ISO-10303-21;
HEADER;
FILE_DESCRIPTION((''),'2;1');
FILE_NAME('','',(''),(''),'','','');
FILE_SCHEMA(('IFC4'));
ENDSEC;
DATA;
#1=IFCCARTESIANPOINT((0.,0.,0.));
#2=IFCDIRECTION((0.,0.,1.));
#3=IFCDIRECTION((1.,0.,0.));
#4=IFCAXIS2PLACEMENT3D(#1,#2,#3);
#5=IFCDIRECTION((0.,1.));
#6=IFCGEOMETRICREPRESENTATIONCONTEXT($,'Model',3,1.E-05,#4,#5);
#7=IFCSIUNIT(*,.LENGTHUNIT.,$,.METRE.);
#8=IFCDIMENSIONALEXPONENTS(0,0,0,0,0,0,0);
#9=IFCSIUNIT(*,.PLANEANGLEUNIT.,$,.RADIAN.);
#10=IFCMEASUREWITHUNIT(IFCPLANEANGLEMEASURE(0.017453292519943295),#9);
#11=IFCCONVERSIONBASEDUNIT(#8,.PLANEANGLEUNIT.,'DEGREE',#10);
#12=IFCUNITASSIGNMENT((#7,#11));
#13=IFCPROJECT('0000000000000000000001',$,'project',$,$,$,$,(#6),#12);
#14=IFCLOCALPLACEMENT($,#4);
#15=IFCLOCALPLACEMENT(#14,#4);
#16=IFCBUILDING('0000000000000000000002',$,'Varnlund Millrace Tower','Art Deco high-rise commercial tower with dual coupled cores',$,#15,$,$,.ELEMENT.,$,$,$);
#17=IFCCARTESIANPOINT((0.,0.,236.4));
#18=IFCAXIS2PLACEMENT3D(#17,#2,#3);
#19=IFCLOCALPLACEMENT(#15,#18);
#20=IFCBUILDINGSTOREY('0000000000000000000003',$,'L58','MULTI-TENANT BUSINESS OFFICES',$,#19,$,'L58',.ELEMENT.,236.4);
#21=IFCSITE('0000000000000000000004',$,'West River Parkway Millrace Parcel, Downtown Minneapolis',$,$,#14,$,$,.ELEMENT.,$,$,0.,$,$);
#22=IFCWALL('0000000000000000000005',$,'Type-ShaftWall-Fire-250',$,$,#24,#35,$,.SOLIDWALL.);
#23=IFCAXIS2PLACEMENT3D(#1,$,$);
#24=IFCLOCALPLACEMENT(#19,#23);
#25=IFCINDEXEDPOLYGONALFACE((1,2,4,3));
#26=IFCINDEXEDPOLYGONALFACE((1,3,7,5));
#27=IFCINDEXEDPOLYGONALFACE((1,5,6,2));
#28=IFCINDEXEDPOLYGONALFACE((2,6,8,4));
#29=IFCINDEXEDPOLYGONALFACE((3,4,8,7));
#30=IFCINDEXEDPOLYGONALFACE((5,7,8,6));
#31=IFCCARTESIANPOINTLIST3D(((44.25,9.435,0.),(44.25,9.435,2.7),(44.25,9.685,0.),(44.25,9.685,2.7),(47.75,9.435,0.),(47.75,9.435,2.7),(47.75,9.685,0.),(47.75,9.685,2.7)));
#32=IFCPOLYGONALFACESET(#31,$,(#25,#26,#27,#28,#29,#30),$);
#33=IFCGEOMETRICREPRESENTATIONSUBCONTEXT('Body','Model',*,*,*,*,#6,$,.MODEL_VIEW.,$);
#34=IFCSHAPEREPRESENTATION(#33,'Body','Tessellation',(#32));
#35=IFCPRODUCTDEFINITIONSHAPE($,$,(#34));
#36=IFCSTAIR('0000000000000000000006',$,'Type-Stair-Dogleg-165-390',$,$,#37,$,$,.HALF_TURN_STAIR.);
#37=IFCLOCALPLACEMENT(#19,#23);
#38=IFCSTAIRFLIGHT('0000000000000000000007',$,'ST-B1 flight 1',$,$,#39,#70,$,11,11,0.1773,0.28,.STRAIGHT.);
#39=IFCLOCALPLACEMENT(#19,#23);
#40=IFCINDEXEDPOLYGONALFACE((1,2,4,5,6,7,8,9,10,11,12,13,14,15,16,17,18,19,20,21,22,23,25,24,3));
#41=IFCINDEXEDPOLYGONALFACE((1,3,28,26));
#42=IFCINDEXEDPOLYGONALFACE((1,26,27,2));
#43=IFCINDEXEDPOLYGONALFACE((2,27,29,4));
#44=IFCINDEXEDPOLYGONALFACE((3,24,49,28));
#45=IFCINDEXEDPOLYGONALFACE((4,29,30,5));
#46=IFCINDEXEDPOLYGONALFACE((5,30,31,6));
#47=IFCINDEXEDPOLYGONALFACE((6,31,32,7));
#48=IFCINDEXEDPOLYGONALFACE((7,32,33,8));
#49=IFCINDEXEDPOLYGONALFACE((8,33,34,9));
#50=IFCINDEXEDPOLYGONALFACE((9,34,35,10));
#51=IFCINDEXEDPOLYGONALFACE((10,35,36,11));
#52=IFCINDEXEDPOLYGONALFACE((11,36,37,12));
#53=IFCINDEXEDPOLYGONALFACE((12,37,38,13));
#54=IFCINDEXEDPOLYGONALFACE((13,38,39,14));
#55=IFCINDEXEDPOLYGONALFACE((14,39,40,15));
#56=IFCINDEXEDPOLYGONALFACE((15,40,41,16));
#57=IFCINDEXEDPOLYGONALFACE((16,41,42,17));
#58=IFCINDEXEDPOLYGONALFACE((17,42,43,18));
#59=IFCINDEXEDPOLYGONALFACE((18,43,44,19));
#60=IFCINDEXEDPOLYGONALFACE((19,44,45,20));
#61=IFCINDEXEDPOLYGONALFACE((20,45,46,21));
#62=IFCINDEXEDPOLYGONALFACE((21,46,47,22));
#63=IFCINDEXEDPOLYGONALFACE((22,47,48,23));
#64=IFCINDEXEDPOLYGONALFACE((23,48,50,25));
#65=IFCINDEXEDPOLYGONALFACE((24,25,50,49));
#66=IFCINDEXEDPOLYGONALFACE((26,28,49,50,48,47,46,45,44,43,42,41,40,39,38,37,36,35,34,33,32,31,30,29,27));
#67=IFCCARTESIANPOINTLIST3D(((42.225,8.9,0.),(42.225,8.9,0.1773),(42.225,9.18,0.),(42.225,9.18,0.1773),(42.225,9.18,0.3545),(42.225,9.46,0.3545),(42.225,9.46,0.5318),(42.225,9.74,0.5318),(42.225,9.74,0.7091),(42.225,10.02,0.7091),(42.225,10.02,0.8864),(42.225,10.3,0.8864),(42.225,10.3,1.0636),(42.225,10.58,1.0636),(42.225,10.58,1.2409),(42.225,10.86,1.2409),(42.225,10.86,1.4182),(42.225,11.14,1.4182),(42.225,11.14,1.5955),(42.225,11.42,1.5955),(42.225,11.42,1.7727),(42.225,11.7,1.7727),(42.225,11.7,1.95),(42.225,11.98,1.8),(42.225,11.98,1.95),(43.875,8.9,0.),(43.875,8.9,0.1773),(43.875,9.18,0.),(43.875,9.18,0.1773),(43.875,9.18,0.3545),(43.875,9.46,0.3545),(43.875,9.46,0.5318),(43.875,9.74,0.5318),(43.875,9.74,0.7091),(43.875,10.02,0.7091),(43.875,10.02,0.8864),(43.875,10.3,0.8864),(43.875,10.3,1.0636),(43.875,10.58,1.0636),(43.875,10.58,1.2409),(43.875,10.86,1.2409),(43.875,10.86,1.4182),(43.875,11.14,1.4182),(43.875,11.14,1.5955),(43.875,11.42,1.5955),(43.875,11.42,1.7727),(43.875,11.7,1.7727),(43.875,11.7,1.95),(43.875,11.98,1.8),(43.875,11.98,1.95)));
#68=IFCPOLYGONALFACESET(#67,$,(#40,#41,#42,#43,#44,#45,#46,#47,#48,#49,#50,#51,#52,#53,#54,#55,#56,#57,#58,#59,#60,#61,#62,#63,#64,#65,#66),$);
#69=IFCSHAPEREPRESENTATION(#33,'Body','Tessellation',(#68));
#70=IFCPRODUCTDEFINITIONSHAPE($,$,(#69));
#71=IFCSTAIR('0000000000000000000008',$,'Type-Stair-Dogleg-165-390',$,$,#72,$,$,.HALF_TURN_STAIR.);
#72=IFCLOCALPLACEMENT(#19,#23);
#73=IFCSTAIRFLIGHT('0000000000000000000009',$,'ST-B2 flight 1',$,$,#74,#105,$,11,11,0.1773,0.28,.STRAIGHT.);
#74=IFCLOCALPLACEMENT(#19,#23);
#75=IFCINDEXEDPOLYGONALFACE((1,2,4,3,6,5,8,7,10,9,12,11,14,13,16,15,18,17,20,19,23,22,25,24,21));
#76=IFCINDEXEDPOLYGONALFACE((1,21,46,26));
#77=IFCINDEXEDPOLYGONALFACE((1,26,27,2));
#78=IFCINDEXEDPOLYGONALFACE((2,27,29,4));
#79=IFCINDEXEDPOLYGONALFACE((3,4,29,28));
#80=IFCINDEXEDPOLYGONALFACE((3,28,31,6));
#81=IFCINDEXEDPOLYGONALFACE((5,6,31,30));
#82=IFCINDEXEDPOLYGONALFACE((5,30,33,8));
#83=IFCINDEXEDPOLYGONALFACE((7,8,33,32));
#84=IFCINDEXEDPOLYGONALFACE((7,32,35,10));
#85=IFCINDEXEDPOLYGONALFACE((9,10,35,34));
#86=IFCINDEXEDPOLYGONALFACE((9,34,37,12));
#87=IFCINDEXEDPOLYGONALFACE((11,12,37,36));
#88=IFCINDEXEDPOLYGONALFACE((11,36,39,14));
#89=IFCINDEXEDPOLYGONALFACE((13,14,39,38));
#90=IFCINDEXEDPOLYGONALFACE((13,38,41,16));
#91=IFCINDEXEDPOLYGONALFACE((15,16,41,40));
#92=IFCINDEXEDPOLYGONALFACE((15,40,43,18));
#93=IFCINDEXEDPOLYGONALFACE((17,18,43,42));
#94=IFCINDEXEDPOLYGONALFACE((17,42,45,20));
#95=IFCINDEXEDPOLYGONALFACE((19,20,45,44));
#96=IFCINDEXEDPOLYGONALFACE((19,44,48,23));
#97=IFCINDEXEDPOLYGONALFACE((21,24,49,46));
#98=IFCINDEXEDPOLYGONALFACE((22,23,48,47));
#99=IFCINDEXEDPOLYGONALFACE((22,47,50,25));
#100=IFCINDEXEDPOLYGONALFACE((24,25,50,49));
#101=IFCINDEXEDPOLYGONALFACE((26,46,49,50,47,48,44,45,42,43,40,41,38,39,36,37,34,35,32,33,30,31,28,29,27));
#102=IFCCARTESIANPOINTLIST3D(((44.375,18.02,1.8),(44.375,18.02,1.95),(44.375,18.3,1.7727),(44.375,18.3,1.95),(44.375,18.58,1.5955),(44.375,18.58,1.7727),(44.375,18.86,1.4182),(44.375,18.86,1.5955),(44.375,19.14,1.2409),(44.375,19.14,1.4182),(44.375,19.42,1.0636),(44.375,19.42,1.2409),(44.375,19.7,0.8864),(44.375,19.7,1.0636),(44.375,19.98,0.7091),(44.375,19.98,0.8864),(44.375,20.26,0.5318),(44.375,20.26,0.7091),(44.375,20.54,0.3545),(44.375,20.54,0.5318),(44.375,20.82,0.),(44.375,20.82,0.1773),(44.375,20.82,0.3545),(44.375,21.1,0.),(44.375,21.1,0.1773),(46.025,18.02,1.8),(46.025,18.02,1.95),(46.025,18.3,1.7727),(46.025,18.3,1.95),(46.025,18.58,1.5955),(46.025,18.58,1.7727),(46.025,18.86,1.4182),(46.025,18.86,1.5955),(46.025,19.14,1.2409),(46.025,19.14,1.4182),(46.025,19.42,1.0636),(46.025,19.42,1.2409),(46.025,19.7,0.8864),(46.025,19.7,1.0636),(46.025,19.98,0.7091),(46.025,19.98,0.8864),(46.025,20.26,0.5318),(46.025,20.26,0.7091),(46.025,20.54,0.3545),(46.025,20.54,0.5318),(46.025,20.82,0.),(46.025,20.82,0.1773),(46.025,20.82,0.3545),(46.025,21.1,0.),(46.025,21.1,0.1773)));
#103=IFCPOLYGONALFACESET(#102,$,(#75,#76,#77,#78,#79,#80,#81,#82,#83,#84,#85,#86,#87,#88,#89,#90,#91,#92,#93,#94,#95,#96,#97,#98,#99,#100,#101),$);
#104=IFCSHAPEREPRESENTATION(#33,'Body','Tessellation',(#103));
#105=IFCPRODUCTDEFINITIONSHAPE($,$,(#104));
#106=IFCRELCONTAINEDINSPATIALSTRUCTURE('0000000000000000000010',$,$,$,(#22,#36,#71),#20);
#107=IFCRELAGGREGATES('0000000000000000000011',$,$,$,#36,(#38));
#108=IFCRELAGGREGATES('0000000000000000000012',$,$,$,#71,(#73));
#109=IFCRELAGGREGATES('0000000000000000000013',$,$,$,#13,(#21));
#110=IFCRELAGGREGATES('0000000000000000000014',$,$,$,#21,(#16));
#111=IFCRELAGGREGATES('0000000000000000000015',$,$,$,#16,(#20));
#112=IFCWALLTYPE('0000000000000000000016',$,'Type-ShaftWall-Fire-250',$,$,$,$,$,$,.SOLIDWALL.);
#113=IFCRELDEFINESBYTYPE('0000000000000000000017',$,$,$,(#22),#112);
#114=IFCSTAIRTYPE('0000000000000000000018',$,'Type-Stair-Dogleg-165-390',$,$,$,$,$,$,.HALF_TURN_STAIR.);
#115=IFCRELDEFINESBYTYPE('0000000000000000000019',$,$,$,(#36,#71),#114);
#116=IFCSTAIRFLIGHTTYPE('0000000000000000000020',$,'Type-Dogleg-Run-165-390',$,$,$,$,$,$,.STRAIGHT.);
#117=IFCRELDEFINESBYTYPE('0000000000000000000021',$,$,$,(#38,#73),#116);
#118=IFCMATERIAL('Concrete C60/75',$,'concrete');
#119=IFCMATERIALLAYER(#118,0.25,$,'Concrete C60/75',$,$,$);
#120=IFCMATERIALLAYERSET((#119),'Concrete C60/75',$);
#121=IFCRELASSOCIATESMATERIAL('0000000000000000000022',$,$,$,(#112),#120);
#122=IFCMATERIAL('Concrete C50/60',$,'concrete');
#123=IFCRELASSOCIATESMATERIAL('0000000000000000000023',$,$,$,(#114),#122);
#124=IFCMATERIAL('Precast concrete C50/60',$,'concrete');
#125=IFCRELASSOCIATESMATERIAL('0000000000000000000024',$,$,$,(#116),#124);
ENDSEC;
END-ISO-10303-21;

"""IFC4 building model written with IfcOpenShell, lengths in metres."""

from ifc_helpers import new_model, entity, si_unit, converted_unit, direction, frame, origin_with_axes, place, context, subcontext, project, spatial, polyline, outline, extrude, material, layer, layer_set, type_object, element, aggregate, save


model = new_model("IFC4")

# Units and contexts
model_context = context("Model", 3, precision=1e-05, world=origin_with_axes(), true_north=direction((0.0, 1.0)))
body_context = subcontext(model_context, "Body", "Model", "MODEL_VIEW")
ifc_project = project(units=[si_unit("LENGTHUNIT", "METRE"), converted_unit("PLANEANGLEUNIT", "DEGREE", entity("IfcPlaneAngleMeasure", 0.017453292519943295), si_unit("PLANEANGLEUNIT", "RADIAN"), dimensions=[0, 0, 0, 0, 0, 0, 0])], contexts=[model_context])

# Site, building, storey
site_placement = place(None, origin_with_axes())
site = spatial("IfcSite", under=ifc_project, at=site_placement, Name="West River Parkway Millrace Parcel, Downtown Minneapolis", CompositionType="ELEMENT", RefElevation=0.0)
building_placement = place(site_placement, origin_with_axes())
building = spatial("IfcBuilding", under=site, at=building_placement, Name="Varnlund Millrace Tower", Description="Art Deco high-rise commercial tower with dual coupled cores", CompositionType="ELEMENT")
storey_placement = place(building_placement, frame((0.0, 0.0, 236.4), z_axis=(0.0, 0.0, 1.0), x_axis=(1.0, 0.0, 0.0)))
storey = spatial("IfcBuildingStorey", under=building, at=storey_placement, Name="L58", Description="MULTI-TENANT BUSINESS OFFICES", LongName="L58", CompositionType="ELEMENT", Elevation=236.4)

# Wall
ifc_material_1 = material(Name="Concrete C60/75", Category="concrete")
ifc_layer_1 = layer(ifc_material_1, 0.25, Name="Concrete C60/75")
ifc_layer_set_1 = layer_set([ifc_layer_1], Name="Concrete C60/75")
wall_type_1 = type_object("IfcWallType", Name="Type-ShaftWall-Fire-250", PredefinedType="SOLIDWALL", material=ifc_layer_set_1)
wall_1_placement = place(storey_placement, frame((44.25, 9.56, 0.0), z_axis=(0.0, 0.0, 1.0), x_axis=(1.0, 0.0, 0.0)))
element("IfcWall", 1, at=wall_1_placement, inside=storey, type_object=wall_type_1, Name="Type-ShaftWall-Fire-250", PredefinedType="SOLIDWALL", context=body_context, shape_type="SweptSolid", body=[
    extrude(outline(polyline([(0.0, -0.125), (3.5, -0.125), (3.5, 0.125), (0.0, 0.125), (0.0, -0.125)])), origin_with_axes(), (0.0, 0.0, 1.0), 2.7),
])

# Stairs, stair flights
ifc_material_2 = material(Name="Concrete C50/60", Category="concrete")
stair_type = type_object("IfcStairType", Name="Type-Stair-Dogleg-165-390", PredefinedType="HALF_TURN_STAIR", material=ifc_material_2)
stair_1_placement = place(storey_placement, origin_with_axes())
stair_1 = element("IfcStair", 2, at=stair_1_placement, inside=storey, type_object=stair_type, Name="Type-Stair-Dogleg-165-390", PredefinedType="HALF_TURN_STAIR")
ifc_material_3 = material(Name="Precast concrete C50/60", Category="concrete")
stair_flight_type = type_object("IfcStairFlightType", Name="Type-Dogleg-Run-165-390", PredefinedType="STRAIGHT", material=ifc_material_3)
stair_flight_1_placement = place(storey_placement, frame((42.225, 8.9, 0.0), z_axis=(1.0, 0.0, 0.0), x_axis=(0.0, 1.0, 0.0)))
stair_flight_1 = element("IfcStairFlight", 3, at=stair_flight_1_placement, type_object=stair_flight_type, Name="ST-B1 flight 1", NumberOfRisers=11, NumberOfTreads=11, PredefinedType="STRAIGHT", RiserHeight=0.1773, TreadLength=0.28, context=body_context, shape_type="SweptSolid", body=[
    extrude(outline(polyline([(0.0, 0.0), (0.0, 0.1773), (0.28, 0.1773), (0.28, 0.3545), (0.56, 0.3545), (0.56, 0.5318), (0.84, 0.5318), (0.84, 0.7091), (1.12, 0.7091), (1.12, 0.8864), (1.4, 0.8864), (1.4, 1.0636), (1.68, 1.0636), (1.68, 1.2409), (1.96, 1.2409), (1.96, 1.4182), (2.24, 1.4182), (2.24, 1.5955), (2.52, 1.5955), (2.52, 1.7727), (2.8, 1.7727), (2.8, 1.95), (3.08, 1.95), (3.08, 1.8), (0.28, 0.0), (0.0, 0.0)])), origin_with_axes(), (0.0, 0.0, 1.0), 1.65),
])
aggregate(stair_1, [stair_flight_1])
stair_2_placement = place(storey_placement, origin_with_axes())
stair_2 = element("IfcStair", 4, at=stair_2_placement, inside=storey, type_object=stair_type, Name="Type-Stair-Dogleg-165-390", PredefinedType="HALF_TURN_STAIR")
stair_flight_2_placement = place(storey_placement, frame((46.025, 21.1, 0.0), z_axis=(-1.0, 0.0, 0.0), x_axis=(0.0, -1.0, 0.0)))
stair_flight_2 = element("IfcStairFlight", 5, at=stair_flight_2_placement, type_object=stair_flight_type, Name="ST-B2 flight 1", NumberOfRisers=11, NumberOfTreads=11, PredefinedType="STRAIGHT", RiserHeight=0.1773, TreadLength=0.28, context=body_context, shape_type="SweptSolid", body=[
    extrude(outline(polyline([(0.0, 0.0), (0.0, 0.1773), (0.28, 0.1773), (0.28, 0.3545), (0.56, 0.3545), (0.56, 0.5318), (0.84, 0.5318), (0.84, 0.7091), (1.12, 0.7091), (1.12, 0.8864), (1.4, 0.8864), (1.4, 1.0636), (1.68, 1.0636), (1.68, 1.2409), (1.96, 1.2409), (1.96, 1.4182), (2.24, 1.4182), (2.24, 1.5955), (2.52, 1.5955), (2.52, 1.7727), (2.8, 1.7727), (2.8, 1.95), (3.08, 1.95), (3.08, 1.8), (0.28, 0.0), (0.0, 0.0)])), origin_with_axes(), (0.0, 0.0, 1.0), 1.65),
])
aggregate(stair_2, [stair_flight_2])

save(model, "model.ifc")
